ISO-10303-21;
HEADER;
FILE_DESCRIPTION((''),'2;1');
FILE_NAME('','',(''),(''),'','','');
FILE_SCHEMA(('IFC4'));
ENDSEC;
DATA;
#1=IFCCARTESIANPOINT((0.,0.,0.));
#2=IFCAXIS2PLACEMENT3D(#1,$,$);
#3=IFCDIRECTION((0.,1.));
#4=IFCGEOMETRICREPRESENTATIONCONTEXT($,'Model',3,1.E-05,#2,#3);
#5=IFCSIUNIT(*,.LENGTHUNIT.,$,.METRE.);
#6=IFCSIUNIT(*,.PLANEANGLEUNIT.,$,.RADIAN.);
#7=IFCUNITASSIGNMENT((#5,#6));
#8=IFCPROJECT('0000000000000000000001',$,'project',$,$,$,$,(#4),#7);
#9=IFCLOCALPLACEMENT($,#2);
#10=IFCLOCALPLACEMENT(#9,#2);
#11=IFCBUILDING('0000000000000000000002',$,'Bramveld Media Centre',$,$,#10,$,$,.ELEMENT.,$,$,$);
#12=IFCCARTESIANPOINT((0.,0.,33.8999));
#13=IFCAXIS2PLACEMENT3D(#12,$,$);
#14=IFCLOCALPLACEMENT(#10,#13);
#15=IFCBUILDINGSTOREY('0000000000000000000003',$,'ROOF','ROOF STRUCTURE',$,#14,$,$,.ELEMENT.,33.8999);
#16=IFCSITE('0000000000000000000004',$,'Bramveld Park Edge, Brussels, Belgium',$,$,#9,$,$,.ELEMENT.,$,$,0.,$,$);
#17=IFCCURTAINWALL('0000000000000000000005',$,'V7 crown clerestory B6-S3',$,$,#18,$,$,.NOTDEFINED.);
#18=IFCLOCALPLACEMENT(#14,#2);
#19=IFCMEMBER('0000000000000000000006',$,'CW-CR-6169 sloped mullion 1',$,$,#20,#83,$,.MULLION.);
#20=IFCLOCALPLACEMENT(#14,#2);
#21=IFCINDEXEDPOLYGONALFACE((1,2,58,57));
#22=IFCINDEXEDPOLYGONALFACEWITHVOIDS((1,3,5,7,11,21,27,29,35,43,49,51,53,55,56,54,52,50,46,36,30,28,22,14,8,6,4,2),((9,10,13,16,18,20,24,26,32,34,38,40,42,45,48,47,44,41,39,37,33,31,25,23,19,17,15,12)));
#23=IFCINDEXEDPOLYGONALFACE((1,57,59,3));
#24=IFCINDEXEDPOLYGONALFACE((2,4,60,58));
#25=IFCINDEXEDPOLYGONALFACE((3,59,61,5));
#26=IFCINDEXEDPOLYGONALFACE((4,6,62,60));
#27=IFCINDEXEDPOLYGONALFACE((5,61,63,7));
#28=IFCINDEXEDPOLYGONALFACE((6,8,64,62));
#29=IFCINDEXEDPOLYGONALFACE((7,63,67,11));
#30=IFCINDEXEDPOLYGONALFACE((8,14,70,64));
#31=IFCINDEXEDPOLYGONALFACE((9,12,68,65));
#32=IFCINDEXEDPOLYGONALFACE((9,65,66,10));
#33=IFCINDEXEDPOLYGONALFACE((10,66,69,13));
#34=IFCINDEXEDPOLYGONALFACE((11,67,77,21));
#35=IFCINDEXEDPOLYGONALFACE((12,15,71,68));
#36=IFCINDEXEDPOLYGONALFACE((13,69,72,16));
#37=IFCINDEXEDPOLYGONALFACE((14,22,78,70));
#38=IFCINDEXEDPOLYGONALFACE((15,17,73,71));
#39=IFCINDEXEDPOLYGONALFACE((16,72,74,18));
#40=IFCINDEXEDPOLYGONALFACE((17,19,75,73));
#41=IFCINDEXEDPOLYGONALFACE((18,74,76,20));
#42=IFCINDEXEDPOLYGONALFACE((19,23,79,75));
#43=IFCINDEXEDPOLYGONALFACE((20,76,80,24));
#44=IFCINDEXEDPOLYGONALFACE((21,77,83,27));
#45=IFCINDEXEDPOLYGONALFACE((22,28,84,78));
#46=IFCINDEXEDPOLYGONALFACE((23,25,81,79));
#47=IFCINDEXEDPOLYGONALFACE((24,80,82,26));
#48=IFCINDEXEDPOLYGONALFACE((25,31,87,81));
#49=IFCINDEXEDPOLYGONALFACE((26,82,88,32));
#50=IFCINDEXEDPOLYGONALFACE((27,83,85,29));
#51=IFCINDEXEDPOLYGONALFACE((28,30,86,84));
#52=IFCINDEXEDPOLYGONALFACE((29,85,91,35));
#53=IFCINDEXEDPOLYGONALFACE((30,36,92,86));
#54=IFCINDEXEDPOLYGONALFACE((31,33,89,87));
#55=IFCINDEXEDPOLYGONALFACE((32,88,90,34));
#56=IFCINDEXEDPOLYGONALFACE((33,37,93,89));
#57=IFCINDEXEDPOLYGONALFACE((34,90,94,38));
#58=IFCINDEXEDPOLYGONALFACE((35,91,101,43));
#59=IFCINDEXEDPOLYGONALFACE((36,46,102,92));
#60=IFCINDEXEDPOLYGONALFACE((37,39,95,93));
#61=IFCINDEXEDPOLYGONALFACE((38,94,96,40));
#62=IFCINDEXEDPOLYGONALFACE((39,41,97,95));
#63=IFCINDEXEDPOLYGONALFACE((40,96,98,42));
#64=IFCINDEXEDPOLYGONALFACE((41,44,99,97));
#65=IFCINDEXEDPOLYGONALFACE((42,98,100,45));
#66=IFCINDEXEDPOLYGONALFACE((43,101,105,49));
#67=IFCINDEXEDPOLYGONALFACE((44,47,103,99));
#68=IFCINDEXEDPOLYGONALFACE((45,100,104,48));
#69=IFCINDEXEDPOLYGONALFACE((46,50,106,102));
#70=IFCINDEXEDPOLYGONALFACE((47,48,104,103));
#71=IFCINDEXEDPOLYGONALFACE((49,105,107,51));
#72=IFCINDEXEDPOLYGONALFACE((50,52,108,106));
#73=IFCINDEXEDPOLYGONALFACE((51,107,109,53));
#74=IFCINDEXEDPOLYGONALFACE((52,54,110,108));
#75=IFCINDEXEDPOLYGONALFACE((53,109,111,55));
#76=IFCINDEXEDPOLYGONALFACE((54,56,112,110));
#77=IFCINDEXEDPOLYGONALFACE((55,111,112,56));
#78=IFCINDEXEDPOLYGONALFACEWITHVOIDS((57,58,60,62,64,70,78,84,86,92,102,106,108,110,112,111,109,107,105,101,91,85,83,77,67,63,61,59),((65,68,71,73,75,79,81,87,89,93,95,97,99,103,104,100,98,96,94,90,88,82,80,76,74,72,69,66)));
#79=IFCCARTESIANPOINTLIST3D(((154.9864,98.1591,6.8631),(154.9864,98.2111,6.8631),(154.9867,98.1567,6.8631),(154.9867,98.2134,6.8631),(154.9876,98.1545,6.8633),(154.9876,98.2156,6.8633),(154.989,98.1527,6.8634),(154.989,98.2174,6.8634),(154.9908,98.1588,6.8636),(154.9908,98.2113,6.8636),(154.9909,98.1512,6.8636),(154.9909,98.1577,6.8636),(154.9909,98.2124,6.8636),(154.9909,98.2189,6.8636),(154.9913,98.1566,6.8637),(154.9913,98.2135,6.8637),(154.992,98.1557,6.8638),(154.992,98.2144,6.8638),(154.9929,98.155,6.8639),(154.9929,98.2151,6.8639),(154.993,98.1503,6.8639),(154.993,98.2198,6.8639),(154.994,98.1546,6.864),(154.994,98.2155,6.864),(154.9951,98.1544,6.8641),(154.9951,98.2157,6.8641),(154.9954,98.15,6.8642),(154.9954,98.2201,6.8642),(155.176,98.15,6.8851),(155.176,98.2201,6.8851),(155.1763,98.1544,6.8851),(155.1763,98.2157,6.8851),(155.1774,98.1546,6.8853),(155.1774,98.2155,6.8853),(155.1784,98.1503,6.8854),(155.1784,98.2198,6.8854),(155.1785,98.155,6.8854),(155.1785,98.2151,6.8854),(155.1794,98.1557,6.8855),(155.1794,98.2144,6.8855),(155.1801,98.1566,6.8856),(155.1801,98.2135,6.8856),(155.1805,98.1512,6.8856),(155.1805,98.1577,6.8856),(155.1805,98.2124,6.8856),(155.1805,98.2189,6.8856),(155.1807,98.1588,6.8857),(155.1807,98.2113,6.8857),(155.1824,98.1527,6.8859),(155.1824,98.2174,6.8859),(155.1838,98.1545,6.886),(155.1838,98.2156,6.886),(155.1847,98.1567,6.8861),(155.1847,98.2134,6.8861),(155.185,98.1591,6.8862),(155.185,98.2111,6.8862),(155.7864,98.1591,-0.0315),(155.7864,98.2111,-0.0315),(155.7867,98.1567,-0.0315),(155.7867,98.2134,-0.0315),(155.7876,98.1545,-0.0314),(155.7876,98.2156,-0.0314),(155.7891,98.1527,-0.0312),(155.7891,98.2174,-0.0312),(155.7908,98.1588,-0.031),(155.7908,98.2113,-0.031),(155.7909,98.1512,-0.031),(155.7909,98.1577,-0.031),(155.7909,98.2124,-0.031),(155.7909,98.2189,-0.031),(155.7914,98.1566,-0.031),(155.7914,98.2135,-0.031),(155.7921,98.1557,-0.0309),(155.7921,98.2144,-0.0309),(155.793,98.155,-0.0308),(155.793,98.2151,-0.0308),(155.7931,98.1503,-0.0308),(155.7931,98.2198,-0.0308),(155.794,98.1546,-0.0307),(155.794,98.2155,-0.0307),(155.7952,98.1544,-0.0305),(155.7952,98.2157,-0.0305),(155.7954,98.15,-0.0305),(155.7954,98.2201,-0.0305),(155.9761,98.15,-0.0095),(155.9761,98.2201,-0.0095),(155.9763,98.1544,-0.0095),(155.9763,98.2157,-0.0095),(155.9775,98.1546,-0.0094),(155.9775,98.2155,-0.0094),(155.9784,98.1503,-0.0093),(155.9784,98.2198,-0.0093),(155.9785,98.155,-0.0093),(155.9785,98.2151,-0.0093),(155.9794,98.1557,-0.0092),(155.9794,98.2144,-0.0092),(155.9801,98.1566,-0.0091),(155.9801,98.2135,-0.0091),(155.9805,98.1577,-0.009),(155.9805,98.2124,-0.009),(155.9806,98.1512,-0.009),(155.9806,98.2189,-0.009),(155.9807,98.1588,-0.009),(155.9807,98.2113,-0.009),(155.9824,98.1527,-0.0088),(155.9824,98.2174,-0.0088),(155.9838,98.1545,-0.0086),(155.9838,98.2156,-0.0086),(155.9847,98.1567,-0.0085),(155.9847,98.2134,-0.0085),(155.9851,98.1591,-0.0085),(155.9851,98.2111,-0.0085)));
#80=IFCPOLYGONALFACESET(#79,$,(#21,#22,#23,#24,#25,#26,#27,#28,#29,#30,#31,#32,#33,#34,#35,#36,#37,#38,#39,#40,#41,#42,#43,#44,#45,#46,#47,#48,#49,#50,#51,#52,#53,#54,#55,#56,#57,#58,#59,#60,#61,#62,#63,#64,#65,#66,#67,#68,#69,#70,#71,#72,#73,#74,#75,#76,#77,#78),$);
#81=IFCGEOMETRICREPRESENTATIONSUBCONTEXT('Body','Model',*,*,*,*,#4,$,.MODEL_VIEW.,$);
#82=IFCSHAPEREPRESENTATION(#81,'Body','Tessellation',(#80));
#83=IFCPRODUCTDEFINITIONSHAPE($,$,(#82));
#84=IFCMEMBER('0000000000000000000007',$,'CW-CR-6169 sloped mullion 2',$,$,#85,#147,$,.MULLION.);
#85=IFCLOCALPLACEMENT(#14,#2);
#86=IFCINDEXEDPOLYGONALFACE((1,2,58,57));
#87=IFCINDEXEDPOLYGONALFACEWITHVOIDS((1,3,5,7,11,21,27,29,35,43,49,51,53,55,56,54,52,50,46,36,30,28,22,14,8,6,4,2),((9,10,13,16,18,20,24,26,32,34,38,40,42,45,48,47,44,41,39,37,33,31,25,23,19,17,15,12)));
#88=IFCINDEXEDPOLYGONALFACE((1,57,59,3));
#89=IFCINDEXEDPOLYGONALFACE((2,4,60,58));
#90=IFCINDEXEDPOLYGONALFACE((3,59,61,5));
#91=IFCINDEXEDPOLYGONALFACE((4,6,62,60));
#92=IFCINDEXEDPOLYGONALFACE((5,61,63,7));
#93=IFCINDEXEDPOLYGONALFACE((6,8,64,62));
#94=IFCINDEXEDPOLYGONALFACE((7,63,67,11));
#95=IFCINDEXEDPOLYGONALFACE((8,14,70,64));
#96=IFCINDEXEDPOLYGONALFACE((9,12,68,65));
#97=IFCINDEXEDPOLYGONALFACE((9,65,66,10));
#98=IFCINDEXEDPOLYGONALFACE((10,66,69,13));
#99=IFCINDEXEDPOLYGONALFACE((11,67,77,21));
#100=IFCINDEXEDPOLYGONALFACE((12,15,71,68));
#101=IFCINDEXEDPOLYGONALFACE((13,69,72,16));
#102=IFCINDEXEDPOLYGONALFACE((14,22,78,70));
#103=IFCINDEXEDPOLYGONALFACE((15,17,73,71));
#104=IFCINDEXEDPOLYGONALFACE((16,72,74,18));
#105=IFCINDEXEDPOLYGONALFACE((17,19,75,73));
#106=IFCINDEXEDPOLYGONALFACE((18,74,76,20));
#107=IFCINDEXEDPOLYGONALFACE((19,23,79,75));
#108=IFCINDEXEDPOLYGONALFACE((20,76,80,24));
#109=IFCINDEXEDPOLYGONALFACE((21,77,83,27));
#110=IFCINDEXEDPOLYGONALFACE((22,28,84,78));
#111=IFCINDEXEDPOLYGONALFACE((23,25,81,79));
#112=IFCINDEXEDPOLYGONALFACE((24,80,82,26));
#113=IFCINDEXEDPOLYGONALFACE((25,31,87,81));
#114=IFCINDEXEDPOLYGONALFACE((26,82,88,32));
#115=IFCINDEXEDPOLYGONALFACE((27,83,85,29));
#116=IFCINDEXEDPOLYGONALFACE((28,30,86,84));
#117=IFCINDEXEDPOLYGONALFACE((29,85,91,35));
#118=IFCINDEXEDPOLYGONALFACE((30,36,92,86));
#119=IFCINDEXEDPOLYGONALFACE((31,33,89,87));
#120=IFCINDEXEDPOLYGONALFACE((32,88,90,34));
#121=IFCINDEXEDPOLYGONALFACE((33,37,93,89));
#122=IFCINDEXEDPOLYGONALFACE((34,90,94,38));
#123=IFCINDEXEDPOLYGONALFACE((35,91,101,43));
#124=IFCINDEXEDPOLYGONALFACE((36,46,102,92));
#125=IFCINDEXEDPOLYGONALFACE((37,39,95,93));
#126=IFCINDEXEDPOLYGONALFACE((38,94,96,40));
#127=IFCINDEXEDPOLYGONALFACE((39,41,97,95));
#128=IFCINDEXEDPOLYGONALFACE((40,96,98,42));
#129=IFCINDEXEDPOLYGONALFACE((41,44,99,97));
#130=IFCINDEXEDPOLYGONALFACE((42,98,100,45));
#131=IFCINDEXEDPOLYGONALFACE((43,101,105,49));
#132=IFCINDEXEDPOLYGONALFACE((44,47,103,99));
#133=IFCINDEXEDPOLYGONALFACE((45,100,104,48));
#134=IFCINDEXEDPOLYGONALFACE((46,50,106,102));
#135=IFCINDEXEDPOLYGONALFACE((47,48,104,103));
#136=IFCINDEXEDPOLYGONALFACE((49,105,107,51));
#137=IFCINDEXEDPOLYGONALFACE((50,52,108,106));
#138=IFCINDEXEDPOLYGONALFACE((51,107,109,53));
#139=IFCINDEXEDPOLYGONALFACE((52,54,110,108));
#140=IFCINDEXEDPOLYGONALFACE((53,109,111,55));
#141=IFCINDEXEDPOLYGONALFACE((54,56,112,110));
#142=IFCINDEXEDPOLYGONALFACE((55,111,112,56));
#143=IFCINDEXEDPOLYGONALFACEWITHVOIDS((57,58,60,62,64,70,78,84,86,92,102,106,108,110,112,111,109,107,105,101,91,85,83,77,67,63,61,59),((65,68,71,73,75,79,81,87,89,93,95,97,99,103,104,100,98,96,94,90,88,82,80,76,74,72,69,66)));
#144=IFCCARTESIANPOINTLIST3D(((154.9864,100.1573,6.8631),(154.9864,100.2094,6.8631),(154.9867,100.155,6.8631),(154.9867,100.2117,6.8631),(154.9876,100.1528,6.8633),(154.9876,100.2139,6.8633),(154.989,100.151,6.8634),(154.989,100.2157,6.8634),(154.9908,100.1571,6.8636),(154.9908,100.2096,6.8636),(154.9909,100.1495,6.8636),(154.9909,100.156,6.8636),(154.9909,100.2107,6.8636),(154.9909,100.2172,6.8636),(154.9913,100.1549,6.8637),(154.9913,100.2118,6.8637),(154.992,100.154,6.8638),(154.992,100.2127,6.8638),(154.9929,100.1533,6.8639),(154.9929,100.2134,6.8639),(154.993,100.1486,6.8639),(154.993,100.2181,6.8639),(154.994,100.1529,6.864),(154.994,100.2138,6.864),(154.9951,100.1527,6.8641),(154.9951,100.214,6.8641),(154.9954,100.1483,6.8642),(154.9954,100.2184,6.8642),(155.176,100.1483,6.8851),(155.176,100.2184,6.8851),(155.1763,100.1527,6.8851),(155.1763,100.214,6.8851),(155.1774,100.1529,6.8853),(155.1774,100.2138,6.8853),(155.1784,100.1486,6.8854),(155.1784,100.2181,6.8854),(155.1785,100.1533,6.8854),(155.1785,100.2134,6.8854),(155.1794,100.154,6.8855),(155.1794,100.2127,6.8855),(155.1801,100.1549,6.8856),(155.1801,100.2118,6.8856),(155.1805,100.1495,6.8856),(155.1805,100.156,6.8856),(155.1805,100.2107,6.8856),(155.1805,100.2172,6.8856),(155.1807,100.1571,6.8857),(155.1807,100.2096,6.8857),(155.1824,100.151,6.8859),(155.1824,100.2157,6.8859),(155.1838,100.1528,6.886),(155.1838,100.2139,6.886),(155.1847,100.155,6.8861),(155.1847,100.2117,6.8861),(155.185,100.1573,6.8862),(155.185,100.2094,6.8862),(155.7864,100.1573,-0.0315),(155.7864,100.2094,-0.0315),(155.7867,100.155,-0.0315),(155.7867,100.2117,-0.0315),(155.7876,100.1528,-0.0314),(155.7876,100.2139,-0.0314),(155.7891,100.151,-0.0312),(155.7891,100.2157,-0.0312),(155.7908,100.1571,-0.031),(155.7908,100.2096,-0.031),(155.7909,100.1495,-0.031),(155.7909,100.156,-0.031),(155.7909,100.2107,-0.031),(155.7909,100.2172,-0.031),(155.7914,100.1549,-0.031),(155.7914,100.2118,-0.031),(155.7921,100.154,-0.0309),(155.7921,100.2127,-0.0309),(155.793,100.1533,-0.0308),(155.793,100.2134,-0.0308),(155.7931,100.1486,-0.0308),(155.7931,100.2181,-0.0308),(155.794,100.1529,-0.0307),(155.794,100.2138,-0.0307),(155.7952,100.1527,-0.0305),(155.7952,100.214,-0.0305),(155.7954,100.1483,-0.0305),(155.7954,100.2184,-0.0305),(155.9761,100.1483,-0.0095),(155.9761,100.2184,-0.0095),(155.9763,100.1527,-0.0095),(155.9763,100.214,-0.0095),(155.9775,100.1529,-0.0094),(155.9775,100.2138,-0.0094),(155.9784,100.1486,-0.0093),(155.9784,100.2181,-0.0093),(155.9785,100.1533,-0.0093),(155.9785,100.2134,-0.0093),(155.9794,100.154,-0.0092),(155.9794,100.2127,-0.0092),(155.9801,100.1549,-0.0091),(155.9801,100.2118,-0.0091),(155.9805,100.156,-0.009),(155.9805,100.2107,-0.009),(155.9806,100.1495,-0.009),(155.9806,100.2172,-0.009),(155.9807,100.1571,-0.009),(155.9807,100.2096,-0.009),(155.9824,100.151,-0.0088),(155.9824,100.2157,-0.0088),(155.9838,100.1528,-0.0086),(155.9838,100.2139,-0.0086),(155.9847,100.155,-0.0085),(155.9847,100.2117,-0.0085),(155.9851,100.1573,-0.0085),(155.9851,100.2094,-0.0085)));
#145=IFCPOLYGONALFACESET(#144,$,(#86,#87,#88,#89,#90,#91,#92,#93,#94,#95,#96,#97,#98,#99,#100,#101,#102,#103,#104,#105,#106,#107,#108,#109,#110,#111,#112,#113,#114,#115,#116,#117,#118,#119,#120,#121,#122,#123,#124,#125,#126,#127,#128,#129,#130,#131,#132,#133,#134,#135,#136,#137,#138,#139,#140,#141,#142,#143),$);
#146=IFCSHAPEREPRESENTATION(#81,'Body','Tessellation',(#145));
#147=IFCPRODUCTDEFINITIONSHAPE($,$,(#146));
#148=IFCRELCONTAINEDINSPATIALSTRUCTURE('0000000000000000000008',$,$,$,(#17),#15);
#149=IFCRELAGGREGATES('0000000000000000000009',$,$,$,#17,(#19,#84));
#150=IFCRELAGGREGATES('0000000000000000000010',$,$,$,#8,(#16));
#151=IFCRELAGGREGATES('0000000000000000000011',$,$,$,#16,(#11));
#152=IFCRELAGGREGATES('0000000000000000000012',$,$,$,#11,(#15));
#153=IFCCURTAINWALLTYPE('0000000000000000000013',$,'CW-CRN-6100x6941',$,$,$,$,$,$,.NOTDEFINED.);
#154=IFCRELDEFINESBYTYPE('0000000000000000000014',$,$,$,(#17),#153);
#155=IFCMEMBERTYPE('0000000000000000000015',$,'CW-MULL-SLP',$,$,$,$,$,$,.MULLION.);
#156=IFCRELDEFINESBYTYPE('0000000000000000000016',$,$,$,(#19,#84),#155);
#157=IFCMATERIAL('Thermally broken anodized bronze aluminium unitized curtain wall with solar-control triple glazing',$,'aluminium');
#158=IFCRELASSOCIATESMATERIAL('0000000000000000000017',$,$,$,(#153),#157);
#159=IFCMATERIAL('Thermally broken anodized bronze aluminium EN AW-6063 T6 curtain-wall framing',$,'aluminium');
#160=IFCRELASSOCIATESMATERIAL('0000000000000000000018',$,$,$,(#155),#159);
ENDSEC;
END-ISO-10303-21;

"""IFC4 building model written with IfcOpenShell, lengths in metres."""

from ifc_helpers import new_model, si_unit, direction, frame, origin, origin_2d, place, context, subcontext, project, spatial, hollow_rectangle, extrude, material, material_profile, profile_set, type_object, element, aggregate, save


model = new_model("IFC4")

# Units and contexts
model_context = context("Model", 3, precision=1e-05, world=origin(), true_north=direction((0.0, 1.0)))
body_context = subcontext(model_context, "Body", "Model", "MODEL_VIEW")
ifc_project = project(units=[si_unit("LENGTHUNIT", "METRE"), si_unit("PLANEANGLEUNIT", "RADIAN")], contexts=[model_context])

# Site, building, storey
site_placement = place(None, origin())
site = spatial("IfcSite", under=ifc_project, at=site_placement, Name="Bramveld Park Edge, Brussels, Belgium", CompositionType="ELEMENT", RefElevation=0.0)
building_placement = place(site_placement, origin())
building = spatial("IfcBuilding", under=site, at=building_placement, Name="Bramveld Media Centre", CompositionType="ELEMENT")
storey_placement = place(building_placement, frame((0.0, 0.0, 33.8999)))
storey = spatial("IfcBuildingStorey", under=building, at=storey_placement, Name="ROOF", Description="ROOF STRUCTURE", CompositionType="ELEMENT", Elevation=33.8999)

# Curtain wall, members
ifc_material_1 = material(Name="Thermally broken anodized bronze aluminium unitized curtain wall with solar-control triple glazing", Category="aluminium")
curtain_wall_type = type_object("IfcCurtainWallType", Name="CW-CRN-6100x6941", PredefinedType="NOTDEFINED", material=ifc_material_1)
curtain_wall_1_placement = place(storey_placement, origin())
curtain_wall_1 = element("IfcCurtainWall", 1, at=curtain_wall_1_placement, inside=storey, type_object=curtain_wall_type, Name="V7 crown clerestory B6-S3", PredefinedType="NOTDEFINED")
ifc_material_2 = material(Name="Thermally broken anodized bronze aluminium EN AW-6063 T6 curtain-wall framing", Category="aluminium")
ifc_material_profile_1 = material_profile(ifc_material_2, hollow_rectangle(XDim=0.0701, YDim=0.2, WallThickness=0.0044, InnerFilletRadius=0.0044, OuterFilletRadius=0.009, at=origin_2d()), Name="AL-MULL 70x200")
ifc_profile_set_1 = profile_set([ifc_material_profile_1], Name="Thermally broken anodized bronze aluminium EN AW-6063 T6 curtain-wall framing")
member_type_1 = type_object("IfcMemberType", Name="CW-MULL-SLP", PredefinedType="MULLION", material=ifc_profile_set_1)
member_1_placement = place(storey_placement, frame((155.8857, 98.1851, -0.02), z_axis=(-0.115264, 0.0, 0.993335), x_axis=(0.0, -1.0, 0.0)))
member_1 = element("IfcMember", 2, at=member_1_placement, type_object=member_type_1, Name="CW-CR-6169 sloped mullion 1", PredefinedType="MULLION", context=body_context, shape_type="SweptSolid", body=[
    extrude(hollow_rectangle(XDim=0.0701, YDim=0.2, WallThickness=0.0044, InnerFilletRadius=0.0044, OuterFilletRadius=0.009, at=origin_2d()), origin(), (0.0, 0.0, 1.0), 6.9409),
])
member_2_placement = place(storey_placement, frame((155.8857, 100.1833, -0.02), z_axis=(-0.115264, 0.0, 0.993335), x_axis=(0.0, -1.0, 0.0)))
member_2 = element("IfcMember", 3, at=member_2_placement, type_object=member_type_1, Name="CW-CR-6169 sloped mullion 2", PredefinedType="MULLION", context=body_context, shape_type="SweptSolid", body=[
    extrude(hollow_rectangle(XDim=0.0701, YDim=0.2, WallThickness=0.0044, InnerFilletRadius=0.0044, OuterFilletRadius=0.009, at=origin_2d()), origin(), (0.0, 0.0, 1.0), 6.9409),
])

aggregate(curtain_wall_1, [member_1, member_2])

save(model, "model.ifc")
